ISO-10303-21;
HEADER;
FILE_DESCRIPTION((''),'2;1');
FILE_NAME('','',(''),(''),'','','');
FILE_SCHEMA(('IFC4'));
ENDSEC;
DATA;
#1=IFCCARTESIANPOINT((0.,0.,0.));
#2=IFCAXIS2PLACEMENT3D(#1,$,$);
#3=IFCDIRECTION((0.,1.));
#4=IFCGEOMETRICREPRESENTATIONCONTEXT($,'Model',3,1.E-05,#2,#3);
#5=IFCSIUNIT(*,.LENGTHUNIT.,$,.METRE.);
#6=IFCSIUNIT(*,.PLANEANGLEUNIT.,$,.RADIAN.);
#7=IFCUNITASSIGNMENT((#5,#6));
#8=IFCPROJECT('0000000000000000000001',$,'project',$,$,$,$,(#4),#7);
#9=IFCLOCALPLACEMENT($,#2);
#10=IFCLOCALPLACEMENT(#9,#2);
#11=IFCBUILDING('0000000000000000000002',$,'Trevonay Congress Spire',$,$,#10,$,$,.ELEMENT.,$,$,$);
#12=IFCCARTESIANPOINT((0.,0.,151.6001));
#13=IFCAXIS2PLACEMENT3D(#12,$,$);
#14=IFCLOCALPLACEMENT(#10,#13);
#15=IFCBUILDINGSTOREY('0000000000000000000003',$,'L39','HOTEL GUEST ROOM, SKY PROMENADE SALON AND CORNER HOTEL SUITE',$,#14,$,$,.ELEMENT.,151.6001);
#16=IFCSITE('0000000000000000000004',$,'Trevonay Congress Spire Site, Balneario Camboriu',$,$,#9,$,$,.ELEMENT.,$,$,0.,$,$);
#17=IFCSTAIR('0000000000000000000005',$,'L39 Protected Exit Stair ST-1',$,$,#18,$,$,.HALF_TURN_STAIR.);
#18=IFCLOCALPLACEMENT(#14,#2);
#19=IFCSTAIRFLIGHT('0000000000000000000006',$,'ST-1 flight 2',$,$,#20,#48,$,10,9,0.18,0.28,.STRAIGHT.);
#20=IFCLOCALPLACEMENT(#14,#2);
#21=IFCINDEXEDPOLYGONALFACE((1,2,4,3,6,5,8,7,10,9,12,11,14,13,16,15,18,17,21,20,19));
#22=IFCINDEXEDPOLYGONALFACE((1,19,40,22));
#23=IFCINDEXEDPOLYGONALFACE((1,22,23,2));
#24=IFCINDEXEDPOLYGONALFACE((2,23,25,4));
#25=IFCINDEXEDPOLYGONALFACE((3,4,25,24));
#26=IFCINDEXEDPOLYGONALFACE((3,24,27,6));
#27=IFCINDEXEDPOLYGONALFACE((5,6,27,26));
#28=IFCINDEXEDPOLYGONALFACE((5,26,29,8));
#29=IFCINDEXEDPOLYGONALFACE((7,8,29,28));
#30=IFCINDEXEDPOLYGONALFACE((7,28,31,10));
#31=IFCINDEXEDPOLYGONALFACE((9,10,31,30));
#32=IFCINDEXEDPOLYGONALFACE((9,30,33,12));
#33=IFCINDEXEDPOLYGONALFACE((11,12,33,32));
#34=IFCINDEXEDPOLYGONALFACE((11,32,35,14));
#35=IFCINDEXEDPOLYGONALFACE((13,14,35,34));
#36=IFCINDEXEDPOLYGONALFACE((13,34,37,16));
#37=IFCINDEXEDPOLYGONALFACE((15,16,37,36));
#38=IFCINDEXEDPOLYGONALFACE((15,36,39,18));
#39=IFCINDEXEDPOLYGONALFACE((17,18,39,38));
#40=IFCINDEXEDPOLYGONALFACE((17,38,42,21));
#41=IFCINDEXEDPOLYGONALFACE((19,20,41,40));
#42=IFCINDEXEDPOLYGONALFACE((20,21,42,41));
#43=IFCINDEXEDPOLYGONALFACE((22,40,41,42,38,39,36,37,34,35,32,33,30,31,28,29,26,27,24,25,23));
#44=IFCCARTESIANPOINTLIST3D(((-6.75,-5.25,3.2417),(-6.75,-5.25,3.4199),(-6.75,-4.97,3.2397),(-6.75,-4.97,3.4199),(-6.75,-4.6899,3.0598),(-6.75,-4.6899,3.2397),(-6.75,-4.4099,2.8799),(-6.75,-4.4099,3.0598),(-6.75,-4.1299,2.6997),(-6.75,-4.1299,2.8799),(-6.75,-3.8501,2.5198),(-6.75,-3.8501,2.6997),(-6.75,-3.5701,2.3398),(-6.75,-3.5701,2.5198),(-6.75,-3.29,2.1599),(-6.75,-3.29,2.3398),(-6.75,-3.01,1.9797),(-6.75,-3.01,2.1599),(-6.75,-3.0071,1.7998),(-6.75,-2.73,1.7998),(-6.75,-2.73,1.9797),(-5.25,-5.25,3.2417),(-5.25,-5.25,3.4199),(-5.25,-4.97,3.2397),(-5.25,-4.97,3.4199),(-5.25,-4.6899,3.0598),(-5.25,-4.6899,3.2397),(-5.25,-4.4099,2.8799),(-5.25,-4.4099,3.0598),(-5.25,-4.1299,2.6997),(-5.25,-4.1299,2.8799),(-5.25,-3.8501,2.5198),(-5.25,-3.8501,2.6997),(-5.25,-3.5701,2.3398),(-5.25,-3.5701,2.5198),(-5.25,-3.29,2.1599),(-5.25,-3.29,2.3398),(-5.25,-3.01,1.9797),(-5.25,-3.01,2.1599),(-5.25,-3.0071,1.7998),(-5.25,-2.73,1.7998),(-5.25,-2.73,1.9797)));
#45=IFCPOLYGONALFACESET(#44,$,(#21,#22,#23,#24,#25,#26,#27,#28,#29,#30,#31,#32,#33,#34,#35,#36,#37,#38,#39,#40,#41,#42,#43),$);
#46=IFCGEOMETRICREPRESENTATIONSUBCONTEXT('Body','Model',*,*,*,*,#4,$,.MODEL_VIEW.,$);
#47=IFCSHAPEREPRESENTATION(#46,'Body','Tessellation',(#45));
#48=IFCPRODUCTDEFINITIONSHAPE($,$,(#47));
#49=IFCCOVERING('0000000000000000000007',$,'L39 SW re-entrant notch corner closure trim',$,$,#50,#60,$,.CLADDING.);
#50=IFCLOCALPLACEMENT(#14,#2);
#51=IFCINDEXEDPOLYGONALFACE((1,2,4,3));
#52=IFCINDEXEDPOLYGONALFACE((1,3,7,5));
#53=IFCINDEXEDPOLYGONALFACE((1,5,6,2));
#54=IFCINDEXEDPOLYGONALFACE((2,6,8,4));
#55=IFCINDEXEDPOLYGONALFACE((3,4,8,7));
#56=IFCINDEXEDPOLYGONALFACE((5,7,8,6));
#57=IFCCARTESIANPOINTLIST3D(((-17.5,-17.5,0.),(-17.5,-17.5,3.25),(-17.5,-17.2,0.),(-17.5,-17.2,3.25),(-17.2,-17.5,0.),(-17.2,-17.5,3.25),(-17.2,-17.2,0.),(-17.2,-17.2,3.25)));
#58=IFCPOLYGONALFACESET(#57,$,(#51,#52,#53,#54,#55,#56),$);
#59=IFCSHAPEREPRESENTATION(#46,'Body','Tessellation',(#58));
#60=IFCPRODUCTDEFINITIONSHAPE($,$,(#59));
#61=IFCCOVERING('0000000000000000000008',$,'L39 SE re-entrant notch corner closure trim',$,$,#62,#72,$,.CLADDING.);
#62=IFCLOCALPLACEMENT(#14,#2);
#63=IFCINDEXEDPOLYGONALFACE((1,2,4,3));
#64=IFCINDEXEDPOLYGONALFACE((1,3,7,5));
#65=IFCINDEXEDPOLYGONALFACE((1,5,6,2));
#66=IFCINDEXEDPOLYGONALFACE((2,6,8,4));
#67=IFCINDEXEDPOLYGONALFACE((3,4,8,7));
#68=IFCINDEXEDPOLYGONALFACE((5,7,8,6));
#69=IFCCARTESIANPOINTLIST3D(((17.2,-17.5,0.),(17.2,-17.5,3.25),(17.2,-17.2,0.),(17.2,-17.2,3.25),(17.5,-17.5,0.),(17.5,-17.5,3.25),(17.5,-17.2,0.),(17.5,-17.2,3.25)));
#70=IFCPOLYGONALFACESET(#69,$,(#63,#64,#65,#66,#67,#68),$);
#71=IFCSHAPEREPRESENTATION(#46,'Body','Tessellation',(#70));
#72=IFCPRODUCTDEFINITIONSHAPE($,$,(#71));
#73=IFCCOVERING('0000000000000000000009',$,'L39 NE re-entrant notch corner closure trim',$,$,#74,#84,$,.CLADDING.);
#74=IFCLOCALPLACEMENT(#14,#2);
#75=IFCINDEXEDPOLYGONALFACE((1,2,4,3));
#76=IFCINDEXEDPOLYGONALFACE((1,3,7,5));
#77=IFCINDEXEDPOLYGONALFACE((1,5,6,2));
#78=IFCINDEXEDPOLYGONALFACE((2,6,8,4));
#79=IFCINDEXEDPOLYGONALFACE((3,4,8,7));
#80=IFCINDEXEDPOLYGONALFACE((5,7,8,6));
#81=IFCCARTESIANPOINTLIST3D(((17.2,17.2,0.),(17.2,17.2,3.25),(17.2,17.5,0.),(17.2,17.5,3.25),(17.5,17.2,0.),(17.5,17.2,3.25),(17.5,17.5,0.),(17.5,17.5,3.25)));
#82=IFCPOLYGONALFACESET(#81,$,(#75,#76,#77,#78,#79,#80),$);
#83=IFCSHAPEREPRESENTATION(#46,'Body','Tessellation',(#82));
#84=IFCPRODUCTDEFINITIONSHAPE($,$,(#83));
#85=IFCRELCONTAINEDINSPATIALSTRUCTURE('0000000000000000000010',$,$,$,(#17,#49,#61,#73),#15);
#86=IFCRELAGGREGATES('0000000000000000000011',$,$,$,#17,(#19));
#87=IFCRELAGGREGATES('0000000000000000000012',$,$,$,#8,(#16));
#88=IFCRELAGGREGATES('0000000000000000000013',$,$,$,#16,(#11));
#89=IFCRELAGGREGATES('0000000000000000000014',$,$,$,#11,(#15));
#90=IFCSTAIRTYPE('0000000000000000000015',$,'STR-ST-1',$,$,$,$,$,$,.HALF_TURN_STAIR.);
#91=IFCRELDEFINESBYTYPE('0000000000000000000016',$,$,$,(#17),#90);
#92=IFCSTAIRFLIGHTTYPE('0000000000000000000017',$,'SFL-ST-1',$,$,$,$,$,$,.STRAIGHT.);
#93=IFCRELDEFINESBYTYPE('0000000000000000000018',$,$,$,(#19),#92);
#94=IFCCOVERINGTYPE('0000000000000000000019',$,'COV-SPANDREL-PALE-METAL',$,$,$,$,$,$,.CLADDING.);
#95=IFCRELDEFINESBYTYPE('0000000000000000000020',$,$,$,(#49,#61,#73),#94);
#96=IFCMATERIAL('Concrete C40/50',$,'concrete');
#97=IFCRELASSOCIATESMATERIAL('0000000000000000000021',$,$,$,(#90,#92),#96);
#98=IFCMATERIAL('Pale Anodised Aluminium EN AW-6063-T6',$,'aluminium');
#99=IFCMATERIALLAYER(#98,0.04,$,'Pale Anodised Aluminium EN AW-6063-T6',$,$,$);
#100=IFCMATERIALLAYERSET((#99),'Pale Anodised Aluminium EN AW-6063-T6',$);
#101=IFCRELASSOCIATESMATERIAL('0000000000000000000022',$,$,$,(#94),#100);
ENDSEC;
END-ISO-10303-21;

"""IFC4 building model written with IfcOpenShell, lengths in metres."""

from ifc_helpers import new_model, si_unit, direction, frame, origin, place, context, subcontext, project, spatial, polyline, outline, extrude, material, layer, layer_set, type_object, element, aggregate, save


model = new_model("IFC4")

# Units and contexts
model_context = context("Model", 3, precision=1e-05, world=origin(), true_north=direction((0.0, 1.0)))
body_context = subcontext(model_context, "Body", "Model", "MODEL_VIEW")
ifc_project = project(units=[si_unit("LENGTHUNIT", "METRE"), si_unit("PLANEANGLEUNIT", "RADIAN")], contexts=[model_context])

# Site, building, storey
site_placement = place(None, origin())
site = spatial("IfcSite", under=ifc_project, at=site_placement, Name="Trevonay Congress Spire Site, Balneario Camboriu", CompositionType="ELEMENT", RefElevation=0.0)
building_placement = place(site_placement, origin())
building = spatial("IfcBuilding", under=site, at=building_placement, Name="Trevonay Congress Spire", CompositionType="ELEMENT")
storey_placement = place(building_placement, frame((0.0, 0.0, 151.6001)))
storey = spatial("IfcBuildingStorey", under=building, at=storey_placement, Name="L39", Description="HOTEL GUEST ROOM, SKY PROMENADE SALON AND CORNER HOTEL SUITE", CompositionType="ELEMENT", Elevation=151.6001)

# Shared definitions
ifc_material_1 = material(Name="Concrete C40/50", Category="concrete")

# Stair, stair flight
stair_type = type_object("IfcStairType", Name="STR-ST-1", PredefinedType="HALF_TURN_STAIR", material=ifc_material_1)
stair_placement = place(storey_placement, origin())
stair = element("IfcStair", 1, at=stair_placement, inside=storey, type_object=stair_type, Name="L39 Protected Exit Stair ST-1", PredefinedType="HALF_TURN_STAIR")
stair_flight_type = type_object("IfcStairFlightType", Name="SFL-ST-1", PredefinedType="STRAIGHT", material=ifc_material_1)
stair_flight_1_placement = place(storey_placement, frame((-6.0, -2.73, 1.7998), z_axis=(0.0, 0.0, 1.0), x_axis=(0.0, -1.0, 0.0)))
stair_flight_1 = element("IfcStairFlight", 2, at=stair_flight_1_placement, type_object=stair_flight_type, Name="ST-1 flight 2", NumberOfRisers=10, NumberOfTreads=9, PredefinedType="STRAIGHT", RiserHeight=0.18, TreadLength=0.28, context=body_context, shape_type="SweptSolid", body=[
    extrude(outline(polyline([(0.0, 0.0), (0.0, 0.1799), (0.28, 0.1799), (0.28, 0.3601), (0.5601, 0.3601), (0.5601, 0.54), (0.8401, 0.54), (0.8401, 0.72), (1.1201, 0.72), (1.1201, 0.8999), (1.3999, 0.8999), (1.3999, 1.0801), (1.6799, 1.0801), (1.6799, 1.26), (1.96, 1.26), (1.96, 1.4399), (2.24, 1.4399), (2.24, 1.6201), (2.52, 1.6201), (2.52, 1.8), (2.52, 1.4419), (0.2771, 0.0), (0.0, 0.0)])), frame((0.0, 0.75, 0.0), z_axis=(0.0, -1.0, 0.0), x_axis=(1.0, 0.0, 0.0)), (0.0, 0.0, 1.0), 1.5),
])
aggregate(stair, [stair_flight_1])

# Coverings
ifc_material_2 = material(Name="Pale Anodised Aluminium EN AW-6063-T6", Category="aluminium")
ifc_layer_1 = layer(ifc_material_2, 0.04, Name="Pale Anodised Aluminium EN AW-6063-T6")
ifc_layer_set_1 = layer_set([ifc_layer_1], Name="Pale Anodised Aluminium EN AW-6063-T6")
covering_type = type_object("IfcCoveringType", Name="COV-SPANDREL-PALE-METAL", PredefinedType="CLADDING", material=ifc_layer_set_1)
covering_1_placement = place(storey_placement, origin())
element("IfcCovering", 3, at=covering_1_placement, inside=storey, type_object=covering_type, Name="L39 SW re-entrant notch corner closure trim", PredefinedType="CLADDING", context=body_context, shape_type="SweptSolid", body=[
    extrude(outline(polyline([(-17.5, -17.5), (-17.2, -17.5), (-17.2, -17.2), (-17.5, -17.2), (-17.5, -17.5)])), origin(), (0.0, 0.0, 1.0), 3.25),
])
covering_2_placement = place(storey_placement, origin())
element("IfcCovering", 4, at=covering_2_placement, inside=storey, type_object=covering_type, Name="L39 SE re-entrant notch corner closure trim", PredefinedType="CLADDING", context=body_context, shape_type="SweptSolid", body=[
    extrude(outline(polyline([(17.2, -17.5), (17.5, -17.5), (17.5, -17.2), (17.2, -17.2), (17.2, -17.5)])), origin(), (0.0, 0.0, 1.0), 3.25),
])
covering_3_placement = place(storey_placement, origin())
element("IfcCovering", 5, at=covering_3_placement, inside=storey, type_object=covering_type, Name="L39 NE re-entrant notch corner closure trim", PredefinedType="CLADDING", context=body_context, shape_type="SweptSolid", body=[
    extrude(outline(polyline([(17.2, 17.2), (17.5, 17.2), (17.5, 17.5), (17.2, 17.5), (17.2, 17.2)])), origin(), (0.0, 0.0, 1.0), 3.25),
])

save(model, "model.ifc")
